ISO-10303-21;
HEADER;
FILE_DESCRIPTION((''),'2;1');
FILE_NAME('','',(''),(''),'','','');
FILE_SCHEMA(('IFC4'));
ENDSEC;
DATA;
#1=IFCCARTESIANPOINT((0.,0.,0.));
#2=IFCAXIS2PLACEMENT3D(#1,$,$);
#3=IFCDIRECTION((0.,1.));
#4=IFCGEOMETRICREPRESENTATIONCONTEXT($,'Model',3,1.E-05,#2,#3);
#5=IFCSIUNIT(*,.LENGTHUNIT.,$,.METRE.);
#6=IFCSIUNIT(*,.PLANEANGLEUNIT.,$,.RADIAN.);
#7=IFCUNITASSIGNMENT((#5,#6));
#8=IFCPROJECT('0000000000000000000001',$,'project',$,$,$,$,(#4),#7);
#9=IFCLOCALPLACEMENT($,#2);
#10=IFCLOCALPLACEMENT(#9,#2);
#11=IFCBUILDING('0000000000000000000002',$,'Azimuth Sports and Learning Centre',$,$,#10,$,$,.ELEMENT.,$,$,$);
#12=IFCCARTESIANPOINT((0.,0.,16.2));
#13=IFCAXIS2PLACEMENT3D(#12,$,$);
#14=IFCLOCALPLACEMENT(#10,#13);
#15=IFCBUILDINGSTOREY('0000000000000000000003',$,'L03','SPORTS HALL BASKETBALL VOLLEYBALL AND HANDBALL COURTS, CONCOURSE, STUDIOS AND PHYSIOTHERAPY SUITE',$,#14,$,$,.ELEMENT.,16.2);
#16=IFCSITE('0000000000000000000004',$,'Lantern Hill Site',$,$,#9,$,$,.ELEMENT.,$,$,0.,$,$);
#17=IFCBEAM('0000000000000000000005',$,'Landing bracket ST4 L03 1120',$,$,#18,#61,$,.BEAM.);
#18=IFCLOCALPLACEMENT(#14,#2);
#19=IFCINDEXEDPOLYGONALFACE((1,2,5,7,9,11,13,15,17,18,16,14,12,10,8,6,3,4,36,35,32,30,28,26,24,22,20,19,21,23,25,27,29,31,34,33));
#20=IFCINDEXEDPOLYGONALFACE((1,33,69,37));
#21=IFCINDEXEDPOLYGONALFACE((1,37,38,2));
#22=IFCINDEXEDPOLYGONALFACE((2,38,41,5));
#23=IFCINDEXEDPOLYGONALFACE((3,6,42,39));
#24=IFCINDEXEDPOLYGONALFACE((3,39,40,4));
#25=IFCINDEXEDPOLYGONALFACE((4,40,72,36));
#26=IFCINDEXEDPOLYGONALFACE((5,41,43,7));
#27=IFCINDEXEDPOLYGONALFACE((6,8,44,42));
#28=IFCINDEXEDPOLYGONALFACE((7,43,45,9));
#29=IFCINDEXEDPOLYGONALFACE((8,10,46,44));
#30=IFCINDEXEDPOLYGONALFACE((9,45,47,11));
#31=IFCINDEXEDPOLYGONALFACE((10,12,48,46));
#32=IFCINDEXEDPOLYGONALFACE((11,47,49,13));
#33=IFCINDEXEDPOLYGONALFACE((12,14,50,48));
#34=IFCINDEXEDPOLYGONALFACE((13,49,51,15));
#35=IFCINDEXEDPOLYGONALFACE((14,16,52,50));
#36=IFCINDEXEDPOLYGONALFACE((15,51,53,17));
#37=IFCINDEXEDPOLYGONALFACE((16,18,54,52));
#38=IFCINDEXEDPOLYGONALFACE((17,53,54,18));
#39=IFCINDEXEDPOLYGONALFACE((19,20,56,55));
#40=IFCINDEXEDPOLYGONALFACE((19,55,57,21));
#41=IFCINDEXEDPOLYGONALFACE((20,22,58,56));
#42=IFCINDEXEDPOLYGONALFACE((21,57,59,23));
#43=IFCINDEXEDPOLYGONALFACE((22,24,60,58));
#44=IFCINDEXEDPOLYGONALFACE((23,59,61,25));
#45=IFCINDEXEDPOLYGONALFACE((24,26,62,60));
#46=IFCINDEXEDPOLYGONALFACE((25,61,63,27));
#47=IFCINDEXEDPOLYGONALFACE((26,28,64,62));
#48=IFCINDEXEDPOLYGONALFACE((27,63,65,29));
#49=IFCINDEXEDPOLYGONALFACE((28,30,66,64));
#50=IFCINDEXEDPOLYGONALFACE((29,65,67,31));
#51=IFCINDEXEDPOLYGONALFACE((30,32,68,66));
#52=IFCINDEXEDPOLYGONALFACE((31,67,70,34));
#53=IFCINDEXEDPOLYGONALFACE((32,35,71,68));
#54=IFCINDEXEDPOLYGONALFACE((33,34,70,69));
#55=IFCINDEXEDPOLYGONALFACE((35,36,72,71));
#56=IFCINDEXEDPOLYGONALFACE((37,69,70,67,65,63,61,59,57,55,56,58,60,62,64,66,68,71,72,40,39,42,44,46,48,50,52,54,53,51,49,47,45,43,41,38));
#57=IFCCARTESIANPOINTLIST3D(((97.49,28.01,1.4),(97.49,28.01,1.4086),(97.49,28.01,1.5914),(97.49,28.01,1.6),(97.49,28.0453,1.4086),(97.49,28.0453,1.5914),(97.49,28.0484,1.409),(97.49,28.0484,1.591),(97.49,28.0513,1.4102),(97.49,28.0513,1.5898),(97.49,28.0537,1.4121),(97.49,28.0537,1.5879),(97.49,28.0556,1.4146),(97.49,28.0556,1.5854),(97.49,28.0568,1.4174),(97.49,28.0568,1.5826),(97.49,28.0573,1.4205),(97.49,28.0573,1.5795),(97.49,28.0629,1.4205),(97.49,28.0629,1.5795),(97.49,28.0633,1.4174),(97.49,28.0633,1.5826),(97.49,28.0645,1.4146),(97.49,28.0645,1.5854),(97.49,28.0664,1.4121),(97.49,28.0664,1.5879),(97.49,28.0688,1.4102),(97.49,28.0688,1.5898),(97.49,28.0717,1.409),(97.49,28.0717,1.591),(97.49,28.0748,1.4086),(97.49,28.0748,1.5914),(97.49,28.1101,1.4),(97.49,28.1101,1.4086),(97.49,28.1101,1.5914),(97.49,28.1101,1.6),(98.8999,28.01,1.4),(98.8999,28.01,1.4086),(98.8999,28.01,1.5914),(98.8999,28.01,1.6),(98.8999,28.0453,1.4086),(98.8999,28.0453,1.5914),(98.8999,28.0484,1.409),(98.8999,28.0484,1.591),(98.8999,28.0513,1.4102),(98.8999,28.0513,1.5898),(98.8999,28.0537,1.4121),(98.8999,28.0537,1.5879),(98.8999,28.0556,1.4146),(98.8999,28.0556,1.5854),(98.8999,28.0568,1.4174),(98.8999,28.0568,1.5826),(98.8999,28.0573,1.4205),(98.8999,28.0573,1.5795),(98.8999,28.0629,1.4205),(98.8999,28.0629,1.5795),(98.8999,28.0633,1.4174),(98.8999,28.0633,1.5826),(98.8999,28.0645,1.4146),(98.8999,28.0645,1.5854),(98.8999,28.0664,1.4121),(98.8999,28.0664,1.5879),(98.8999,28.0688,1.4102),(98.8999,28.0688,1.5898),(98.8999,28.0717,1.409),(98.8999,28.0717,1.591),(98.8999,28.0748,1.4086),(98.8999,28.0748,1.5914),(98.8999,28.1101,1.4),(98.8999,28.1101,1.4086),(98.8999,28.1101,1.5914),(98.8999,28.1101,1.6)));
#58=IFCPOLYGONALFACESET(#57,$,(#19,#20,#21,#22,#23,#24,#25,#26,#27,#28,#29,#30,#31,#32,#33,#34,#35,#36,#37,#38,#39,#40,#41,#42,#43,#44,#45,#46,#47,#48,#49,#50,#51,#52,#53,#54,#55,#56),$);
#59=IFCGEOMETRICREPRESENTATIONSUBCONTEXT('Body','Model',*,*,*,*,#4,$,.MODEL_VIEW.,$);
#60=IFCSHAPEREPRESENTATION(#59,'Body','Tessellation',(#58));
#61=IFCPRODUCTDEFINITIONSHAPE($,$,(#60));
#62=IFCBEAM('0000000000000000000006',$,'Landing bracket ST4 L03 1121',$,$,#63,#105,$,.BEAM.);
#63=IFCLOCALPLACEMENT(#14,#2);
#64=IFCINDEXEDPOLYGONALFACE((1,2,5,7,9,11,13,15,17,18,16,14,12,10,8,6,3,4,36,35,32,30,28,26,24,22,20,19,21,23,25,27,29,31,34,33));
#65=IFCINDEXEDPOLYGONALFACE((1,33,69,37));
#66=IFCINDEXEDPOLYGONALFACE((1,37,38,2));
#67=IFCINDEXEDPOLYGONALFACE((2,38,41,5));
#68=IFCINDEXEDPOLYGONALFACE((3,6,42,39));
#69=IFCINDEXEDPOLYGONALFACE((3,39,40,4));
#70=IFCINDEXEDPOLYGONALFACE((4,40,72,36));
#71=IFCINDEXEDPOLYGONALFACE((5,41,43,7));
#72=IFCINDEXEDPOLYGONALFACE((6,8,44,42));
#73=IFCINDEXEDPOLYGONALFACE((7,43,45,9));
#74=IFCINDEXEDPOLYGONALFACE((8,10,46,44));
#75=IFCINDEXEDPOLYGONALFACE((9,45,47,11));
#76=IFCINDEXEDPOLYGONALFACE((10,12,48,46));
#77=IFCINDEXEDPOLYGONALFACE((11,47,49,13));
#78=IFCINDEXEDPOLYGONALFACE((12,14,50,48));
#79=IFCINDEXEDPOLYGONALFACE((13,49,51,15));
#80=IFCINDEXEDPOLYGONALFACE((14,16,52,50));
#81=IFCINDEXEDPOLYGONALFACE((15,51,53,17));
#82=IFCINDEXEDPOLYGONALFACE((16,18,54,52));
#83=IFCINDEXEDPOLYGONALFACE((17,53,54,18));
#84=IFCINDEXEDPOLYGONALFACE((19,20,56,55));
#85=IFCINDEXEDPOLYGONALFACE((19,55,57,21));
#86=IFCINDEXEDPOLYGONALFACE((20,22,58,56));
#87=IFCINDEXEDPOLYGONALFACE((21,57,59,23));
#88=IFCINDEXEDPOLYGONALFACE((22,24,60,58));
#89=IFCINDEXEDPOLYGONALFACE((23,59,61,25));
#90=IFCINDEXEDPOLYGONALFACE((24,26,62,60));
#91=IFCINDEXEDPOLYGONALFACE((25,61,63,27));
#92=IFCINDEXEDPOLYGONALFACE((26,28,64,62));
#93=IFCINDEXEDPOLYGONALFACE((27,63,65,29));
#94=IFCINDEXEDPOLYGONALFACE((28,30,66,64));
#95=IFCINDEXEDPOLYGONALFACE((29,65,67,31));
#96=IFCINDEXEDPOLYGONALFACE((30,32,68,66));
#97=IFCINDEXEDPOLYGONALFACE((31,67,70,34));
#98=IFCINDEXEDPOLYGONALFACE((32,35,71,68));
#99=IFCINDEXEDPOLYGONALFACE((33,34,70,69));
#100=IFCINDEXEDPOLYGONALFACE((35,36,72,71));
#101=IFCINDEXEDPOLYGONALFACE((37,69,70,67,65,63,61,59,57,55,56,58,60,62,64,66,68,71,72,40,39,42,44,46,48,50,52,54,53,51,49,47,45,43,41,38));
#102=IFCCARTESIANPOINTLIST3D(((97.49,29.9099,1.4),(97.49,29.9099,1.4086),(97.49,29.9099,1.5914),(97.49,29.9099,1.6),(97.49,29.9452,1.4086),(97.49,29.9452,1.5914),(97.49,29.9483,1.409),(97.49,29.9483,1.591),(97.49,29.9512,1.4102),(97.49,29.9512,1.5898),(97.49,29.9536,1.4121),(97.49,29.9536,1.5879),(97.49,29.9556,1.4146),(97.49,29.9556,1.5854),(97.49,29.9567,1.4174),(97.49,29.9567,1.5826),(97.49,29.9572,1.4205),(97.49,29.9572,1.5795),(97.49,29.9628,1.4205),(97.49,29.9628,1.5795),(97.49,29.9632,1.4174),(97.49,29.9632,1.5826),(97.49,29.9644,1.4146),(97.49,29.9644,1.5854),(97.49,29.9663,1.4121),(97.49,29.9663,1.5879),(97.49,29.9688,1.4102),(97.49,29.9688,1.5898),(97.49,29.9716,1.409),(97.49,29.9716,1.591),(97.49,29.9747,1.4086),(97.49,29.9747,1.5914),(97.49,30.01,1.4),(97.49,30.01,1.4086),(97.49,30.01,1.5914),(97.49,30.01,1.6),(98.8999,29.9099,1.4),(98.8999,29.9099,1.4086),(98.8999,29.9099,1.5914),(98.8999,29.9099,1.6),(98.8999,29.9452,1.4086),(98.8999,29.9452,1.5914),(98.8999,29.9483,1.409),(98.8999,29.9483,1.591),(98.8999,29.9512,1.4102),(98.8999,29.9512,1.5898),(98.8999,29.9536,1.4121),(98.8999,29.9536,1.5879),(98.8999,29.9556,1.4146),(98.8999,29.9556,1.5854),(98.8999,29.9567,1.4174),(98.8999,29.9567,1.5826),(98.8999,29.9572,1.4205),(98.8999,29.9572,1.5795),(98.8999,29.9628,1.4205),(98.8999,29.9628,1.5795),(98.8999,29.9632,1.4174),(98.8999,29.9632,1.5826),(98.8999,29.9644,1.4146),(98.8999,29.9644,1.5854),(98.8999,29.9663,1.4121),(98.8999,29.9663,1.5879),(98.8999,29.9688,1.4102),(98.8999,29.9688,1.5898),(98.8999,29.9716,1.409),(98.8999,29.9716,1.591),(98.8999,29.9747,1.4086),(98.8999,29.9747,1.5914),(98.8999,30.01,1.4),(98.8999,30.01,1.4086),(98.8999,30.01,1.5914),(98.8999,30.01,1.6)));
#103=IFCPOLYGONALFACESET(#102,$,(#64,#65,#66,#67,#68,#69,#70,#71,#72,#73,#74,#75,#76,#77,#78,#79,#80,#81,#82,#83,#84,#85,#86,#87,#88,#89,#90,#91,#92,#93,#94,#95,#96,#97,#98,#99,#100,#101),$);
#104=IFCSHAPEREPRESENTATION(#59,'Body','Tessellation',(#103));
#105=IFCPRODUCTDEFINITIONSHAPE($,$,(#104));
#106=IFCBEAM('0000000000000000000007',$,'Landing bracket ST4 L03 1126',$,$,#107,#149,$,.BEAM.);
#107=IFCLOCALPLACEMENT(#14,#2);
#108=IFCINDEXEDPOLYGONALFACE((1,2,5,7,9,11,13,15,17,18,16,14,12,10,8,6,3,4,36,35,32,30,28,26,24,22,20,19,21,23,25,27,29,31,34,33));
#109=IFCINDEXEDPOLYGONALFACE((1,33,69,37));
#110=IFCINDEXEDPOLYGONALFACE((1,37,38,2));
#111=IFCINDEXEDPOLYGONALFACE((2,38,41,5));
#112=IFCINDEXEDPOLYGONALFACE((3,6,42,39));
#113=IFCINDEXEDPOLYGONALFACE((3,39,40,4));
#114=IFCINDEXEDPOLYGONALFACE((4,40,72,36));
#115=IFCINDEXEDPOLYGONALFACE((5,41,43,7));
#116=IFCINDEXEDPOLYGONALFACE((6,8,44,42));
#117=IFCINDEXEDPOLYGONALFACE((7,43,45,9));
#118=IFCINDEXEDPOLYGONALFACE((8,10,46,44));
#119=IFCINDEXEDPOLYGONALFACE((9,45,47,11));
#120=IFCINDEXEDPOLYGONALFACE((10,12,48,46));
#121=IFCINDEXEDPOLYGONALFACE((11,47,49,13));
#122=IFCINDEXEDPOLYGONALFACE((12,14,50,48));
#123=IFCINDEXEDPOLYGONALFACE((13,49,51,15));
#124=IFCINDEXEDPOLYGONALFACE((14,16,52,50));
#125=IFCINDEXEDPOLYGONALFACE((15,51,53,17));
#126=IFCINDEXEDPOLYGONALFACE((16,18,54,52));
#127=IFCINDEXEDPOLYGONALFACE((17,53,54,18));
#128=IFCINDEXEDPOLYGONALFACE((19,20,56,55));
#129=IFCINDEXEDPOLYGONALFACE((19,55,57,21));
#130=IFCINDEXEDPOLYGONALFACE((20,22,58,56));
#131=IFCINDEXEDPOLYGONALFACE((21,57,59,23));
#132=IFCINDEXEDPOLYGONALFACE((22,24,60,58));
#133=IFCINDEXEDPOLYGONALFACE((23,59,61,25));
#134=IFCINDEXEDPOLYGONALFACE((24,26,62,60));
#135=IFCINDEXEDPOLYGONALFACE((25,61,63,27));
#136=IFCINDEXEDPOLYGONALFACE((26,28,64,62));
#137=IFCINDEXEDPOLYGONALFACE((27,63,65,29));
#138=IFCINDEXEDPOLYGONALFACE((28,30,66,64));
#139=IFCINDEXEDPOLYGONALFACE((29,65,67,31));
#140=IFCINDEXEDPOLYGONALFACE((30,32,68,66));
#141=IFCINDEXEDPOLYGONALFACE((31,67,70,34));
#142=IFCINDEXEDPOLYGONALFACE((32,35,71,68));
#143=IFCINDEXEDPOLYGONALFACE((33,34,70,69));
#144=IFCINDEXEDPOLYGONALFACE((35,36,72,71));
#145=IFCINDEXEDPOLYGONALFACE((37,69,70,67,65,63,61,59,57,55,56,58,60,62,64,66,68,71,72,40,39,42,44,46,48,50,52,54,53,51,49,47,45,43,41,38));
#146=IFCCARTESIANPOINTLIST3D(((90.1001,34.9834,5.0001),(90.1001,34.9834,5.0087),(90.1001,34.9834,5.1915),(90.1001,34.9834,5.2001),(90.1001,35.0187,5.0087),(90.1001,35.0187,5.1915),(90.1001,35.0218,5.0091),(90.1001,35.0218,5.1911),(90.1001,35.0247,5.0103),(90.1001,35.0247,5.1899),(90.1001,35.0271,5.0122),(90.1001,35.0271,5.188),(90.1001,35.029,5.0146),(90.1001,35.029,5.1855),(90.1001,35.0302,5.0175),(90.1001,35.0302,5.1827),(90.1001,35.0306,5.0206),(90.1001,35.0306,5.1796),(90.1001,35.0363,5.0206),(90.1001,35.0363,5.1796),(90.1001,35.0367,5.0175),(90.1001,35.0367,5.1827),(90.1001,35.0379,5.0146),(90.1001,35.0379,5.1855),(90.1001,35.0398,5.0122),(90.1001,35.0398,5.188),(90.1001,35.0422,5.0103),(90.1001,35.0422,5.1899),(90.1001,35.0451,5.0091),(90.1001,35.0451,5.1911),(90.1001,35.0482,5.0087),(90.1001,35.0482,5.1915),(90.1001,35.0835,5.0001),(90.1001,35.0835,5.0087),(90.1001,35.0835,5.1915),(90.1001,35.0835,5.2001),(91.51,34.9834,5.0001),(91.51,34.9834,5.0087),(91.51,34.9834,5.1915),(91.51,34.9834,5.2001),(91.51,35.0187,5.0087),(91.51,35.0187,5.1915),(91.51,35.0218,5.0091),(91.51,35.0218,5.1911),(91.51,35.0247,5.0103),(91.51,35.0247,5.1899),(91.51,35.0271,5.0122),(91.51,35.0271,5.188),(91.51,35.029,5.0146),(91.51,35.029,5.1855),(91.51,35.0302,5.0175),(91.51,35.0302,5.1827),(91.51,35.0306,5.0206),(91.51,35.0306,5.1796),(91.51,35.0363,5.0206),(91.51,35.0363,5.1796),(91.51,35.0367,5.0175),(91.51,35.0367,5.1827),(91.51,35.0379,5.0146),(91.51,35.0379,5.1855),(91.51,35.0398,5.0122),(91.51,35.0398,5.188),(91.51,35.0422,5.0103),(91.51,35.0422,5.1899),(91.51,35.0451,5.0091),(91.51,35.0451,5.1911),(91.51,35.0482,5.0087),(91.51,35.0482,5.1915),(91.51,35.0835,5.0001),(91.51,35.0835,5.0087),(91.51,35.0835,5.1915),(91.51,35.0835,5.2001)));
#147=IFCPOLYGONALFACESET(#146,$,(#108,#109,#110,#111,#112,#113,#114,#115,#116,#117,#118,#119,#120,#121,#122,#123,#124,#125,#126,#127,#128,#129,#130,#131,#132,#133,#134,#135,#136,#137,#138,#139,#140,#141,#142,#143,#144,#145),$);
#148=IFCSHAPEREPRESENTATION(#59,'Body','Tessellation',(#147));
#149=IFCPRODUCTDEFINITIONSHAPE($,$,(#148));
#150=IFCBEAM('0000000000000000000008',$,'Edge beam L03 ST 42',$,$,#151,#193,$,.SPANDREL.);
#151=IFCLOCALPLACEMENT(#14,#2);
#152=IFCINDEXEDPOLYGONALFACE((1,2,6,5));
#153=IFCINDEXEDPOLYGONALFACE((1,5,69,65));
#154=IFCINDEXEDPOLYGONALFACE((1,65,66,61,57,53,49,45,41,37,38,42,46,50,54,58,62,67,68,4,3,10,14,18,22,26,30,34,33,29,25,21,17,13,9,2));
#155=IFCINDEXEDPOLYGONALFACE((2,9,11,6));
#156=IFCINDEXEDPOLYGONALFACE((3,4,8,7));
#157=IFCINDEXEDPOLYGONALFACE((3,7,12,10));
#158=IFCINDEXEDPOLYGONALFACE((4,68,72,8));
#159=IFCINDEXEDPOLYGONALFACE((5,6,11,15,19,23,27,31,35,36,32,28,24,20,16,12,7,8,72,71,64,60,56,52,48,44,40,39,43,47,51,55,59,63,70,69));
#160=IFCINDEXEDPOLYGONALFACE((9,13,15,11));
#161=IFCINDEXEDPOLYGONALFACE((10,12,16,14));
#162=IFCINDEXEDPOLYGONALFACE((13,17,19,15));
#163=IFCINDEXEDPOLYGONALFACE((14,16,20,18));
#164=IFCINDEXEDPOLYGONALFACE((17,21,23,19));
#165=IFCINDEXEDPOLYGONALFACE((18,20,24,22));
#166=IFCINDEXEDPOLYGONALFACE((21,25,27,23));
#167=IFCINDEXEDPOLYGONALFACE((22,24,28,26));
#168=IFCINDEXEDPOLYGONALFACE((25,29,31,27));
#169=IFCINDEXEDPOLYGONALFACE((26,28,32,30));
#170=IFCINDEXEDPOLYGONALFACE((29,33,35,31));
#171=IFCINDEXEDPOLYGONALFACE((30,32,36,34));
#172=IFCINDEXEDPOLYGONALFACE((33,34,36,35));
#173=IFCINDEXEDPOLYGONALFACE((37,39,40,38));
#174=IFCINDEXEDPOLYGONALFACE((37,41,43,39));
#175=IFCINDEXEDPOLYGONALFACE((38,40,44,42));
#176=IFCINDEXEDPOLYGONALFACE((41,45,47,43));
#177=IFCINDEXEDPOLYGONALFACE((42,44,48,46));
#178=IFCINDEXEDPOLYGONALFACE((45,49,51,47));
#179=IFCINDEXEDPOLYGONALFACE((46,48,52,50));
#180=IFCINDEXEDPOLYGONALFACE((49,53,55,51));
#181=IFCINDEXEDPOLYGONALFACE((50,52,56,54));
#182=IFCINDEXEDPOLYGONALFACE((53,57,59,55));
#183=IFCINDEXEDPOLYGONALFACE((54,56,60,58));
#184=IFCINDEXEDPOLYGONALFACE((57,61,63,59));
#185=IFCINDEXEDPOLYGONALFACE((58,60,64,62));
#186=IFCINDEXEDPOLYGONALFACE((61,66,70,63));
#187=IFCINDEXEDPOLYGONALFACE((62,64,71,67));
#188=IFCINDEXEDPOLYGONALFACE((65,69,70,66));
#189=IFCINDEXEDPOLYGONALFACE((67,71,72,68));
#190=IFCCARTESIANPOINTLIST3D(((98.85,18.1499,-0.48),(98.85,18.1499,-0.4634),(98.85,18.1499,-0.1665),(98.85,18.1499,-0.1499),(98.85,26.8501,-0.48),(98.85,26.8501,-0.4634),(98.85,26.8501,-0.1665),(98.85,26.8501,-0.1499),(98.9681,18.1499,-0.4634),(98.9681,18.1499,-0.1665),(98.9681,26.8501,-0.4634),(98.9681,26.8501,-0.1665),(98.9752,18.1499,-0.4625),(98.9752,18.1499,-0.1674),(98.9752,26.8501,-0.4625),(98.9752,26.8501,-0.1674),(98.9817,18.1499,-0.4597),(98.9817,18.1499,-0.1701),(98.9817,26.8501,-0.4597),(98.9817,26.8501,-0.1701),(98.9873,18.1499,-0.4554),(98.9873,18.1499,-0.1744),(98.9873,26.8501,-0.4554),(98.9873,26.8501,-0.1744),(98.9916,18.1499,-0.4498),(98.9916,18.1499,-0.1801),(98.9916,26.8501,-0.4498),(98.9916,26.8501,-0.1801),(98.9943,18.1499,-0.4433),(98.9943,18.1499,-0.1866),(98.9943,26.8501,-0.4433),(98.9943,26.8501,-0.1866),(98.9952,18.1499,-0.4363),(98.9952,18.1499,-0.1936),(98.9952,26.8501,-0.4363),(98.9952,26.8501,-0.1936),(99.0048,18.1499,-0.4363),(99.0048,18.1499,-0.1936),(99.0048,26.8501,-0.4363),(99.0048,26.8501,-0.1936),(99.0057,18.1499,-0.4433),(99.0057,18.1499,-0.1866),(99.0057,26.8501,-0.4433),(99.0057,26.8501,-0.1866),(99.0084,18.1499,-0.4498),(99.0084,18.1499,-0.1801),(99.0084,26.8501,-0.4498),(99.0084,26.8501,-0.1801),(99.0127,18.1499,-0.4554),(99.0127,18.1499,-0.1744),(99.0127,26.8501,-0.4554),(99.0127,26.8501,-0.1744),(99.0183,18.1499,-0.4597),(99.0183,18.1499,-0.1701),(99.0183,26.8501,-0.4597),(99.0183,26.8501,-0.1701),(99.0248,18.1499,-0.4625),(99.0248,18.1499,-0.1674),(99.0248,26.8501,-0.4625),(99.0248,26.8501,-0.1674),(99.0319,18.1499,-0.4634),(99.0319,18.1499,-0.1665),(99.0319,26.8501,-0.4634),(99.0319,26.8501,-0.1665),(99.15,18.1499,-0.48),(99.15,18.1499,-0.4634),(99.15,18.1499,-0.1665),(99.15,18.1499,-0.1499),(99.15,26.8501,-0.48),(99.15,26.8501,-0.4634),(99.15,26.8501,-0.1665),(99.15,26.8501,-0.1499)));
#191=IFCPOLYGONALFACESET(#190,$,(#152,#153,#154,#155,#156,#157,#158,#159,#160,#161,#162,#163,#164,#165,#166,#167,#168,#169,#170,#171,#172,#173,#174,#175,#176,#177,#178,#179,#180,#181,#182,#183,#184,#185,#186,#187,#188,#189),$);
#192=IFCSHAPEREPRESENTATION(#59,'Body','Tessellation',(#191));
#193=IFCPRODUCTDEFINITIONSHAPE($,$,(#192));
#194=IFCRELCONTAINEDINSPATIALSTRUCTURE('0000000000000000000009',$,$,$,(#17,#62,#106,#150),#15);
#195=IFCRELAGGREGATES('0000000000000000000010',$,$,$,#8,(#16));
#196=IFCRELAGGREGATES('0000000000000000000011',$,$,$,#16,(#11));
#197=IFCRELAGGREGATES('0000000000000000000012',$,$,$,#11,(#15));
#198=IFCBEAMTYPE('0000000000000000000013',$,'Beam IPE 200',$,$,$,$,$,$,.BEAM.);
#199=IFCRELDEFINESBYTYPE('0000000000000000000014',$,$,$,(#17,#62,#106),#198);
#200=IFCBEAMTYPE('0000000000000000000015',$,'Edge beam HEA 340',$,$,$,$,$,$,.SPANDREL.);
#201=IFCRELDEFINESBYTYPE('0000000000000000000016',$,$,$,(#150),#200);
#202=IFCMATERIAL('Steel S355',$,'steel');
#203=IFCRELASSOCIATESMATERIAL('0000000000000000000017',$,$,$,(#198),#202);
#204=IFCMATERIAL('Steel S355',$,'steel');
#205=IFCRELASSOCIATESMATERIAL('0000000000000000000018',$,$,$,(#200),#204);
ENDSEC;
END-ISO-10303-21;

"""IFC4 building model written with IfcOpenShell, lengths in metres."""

from ifc_helpers import new_model, si_unit, direction, frame, origin, origin_2d, place, context, subcontext, project, spatial, i_section, extrude, material, material_profile, profile_set, type_object, element, save


model = new_model("IFC4")

# Units and contexts
model_context = context("Model", 3, precision=1e-05, world=origin(), true_north=direction((0.0, 1.0)))
body_context = subcontext(model_context, "Body", "Model", "MODEL_VIEW")
ifc_project = project(units=[si_unit("LENGTHUNIT", "METRE"), si_unit("PLANEANGLEUNIT", "RADIAN")], contexts=[model_context])

# Site, building, storey
site_placement = place(None, origin())
site = spatial("IfcSite", under=ifc_project, at=site_placement, Name="Lantern Hill Site", CompositionType="ELEMENT", RefElevation=0.0)
building_placement = place(site_placement, origin())
building = spatial("IfcBuilding", under=site, at=building_placement, Name="Azimuth Sports and Learning Centre", CompositionType="ELEMENT")
storey_placement = place(building_placement, frame((0.0, 0.0, 16.2)))
storey = spatial("IfcBuildingStorey", under=building, at=storey_placement, Name="L03", Description="SPORTS HALL BASKETBALL VOLLEYBALL AND HANDBALL COURTS, CONCOURSE, STUDIOS AND PHYSIOTHERAPY SUITE", CompositionType="ELEMENT", Elevation=16.2)

# Beams
ifc_material_1 = material(Name="Steel S355", Category="steel")
ifc_material_profile_1 = material_profile(ifc_material_1, i_section(OverallWidth=0.1001, OverallDepth=0.2, WebThickness=0.0056, FlangeThickness=0.0085, FilletRadius=0.012, at=origin_2d()), Name="IPE 200")
ifc_profile_set_1 = profile_set([ifc_material_profile_1], Name="Steel S355")
beam_type_1 = type_object("IfcBeamType", Name="Beam IPE 200", PredefinedType="BEAM", material=ifc_profile_set_1)
for number, where, z_axis, x_axis, name in (
    (1, (98.8999, 28.0601, 1.5), (-1.0, 0.0, 0.0), (0.0, -1.0, 0.0), "Landing bracket ST4 L03 1120"),
    (2, (98.8999, 29.96, 1.5), (-1.0, 0.0, 0.0), (0.0, -1.0, 0.0), "Landing bracket ST4 L03 1121"),
    (3, (90.1001, 35.0334, 5.1001), (1.0, 0.0, 0.0), (0.0, 1.0, 0.0), "Landing bracket ST4 L03 1126"),
):
    element("IfcBeam", number, at=place(storey_placement, frame(where, z_axis=z_axis, x_axis=x_axis)), inside=storey, type_object=beam_type_1, Name=name, PredefinedType="BEAM", context=body_context, shape_type="SweptSolid", body=[
        extrude(i_section(OverallWidth=0.1001, OverallDepth=0.2, WebThickness=0.0056, FlangeThickness=0.0085, FilletRadius=0.012, at=origin_2d()), origin(), (0.0, 0.0, 1.0), 1.4099),
    ])
ifc_material_2 = material(Name="Steel S355", Category="steel")
ifc_material_profile_2 = material_profile(ifc_material_2, i_section(OverallWidth=0.3, OverallDepth=0.3301, WebThickness=0.0095, FlangeThickness=0.0166, FilletRadius=0.0271, at=origin_2d()), Name="HEA 340")
ifc_profile_set_2 = profile_set([ifc_material_profile_2], Name="Steel S355")
beam_type_2 = type_object("IfcBeamType", Name="Edge beam HEA 340", PredefinedType="SPANDREL", material=ifc_profile_set_2)
beam_1_placement = place(storey_placement, frame((99.0, 18.1499, -0.3149), z_axis=(0.0, 1.0, 0.0), x_axis=(-1.0, 0.0, 0.0)))
element("IfcBeam", 4, at=beam_1_placement, inside=storey, type_object=beam_type_2, Name="Edge beam L03 ST 42", PredefinedType="SPANDREL", context=body_context, shape_type="SweptSolid", body=[
    extrude(i_section(OverallWidth=0.3, OverallDepth=0.3301, WebThickness=0.0095, FlangeThickness=0.0166, FilletRadius=0.0271, at=origin_2d()), origin(), (0.0, 0.0, 1.0), 8.7002),
])

save(model, "model.ifc")
